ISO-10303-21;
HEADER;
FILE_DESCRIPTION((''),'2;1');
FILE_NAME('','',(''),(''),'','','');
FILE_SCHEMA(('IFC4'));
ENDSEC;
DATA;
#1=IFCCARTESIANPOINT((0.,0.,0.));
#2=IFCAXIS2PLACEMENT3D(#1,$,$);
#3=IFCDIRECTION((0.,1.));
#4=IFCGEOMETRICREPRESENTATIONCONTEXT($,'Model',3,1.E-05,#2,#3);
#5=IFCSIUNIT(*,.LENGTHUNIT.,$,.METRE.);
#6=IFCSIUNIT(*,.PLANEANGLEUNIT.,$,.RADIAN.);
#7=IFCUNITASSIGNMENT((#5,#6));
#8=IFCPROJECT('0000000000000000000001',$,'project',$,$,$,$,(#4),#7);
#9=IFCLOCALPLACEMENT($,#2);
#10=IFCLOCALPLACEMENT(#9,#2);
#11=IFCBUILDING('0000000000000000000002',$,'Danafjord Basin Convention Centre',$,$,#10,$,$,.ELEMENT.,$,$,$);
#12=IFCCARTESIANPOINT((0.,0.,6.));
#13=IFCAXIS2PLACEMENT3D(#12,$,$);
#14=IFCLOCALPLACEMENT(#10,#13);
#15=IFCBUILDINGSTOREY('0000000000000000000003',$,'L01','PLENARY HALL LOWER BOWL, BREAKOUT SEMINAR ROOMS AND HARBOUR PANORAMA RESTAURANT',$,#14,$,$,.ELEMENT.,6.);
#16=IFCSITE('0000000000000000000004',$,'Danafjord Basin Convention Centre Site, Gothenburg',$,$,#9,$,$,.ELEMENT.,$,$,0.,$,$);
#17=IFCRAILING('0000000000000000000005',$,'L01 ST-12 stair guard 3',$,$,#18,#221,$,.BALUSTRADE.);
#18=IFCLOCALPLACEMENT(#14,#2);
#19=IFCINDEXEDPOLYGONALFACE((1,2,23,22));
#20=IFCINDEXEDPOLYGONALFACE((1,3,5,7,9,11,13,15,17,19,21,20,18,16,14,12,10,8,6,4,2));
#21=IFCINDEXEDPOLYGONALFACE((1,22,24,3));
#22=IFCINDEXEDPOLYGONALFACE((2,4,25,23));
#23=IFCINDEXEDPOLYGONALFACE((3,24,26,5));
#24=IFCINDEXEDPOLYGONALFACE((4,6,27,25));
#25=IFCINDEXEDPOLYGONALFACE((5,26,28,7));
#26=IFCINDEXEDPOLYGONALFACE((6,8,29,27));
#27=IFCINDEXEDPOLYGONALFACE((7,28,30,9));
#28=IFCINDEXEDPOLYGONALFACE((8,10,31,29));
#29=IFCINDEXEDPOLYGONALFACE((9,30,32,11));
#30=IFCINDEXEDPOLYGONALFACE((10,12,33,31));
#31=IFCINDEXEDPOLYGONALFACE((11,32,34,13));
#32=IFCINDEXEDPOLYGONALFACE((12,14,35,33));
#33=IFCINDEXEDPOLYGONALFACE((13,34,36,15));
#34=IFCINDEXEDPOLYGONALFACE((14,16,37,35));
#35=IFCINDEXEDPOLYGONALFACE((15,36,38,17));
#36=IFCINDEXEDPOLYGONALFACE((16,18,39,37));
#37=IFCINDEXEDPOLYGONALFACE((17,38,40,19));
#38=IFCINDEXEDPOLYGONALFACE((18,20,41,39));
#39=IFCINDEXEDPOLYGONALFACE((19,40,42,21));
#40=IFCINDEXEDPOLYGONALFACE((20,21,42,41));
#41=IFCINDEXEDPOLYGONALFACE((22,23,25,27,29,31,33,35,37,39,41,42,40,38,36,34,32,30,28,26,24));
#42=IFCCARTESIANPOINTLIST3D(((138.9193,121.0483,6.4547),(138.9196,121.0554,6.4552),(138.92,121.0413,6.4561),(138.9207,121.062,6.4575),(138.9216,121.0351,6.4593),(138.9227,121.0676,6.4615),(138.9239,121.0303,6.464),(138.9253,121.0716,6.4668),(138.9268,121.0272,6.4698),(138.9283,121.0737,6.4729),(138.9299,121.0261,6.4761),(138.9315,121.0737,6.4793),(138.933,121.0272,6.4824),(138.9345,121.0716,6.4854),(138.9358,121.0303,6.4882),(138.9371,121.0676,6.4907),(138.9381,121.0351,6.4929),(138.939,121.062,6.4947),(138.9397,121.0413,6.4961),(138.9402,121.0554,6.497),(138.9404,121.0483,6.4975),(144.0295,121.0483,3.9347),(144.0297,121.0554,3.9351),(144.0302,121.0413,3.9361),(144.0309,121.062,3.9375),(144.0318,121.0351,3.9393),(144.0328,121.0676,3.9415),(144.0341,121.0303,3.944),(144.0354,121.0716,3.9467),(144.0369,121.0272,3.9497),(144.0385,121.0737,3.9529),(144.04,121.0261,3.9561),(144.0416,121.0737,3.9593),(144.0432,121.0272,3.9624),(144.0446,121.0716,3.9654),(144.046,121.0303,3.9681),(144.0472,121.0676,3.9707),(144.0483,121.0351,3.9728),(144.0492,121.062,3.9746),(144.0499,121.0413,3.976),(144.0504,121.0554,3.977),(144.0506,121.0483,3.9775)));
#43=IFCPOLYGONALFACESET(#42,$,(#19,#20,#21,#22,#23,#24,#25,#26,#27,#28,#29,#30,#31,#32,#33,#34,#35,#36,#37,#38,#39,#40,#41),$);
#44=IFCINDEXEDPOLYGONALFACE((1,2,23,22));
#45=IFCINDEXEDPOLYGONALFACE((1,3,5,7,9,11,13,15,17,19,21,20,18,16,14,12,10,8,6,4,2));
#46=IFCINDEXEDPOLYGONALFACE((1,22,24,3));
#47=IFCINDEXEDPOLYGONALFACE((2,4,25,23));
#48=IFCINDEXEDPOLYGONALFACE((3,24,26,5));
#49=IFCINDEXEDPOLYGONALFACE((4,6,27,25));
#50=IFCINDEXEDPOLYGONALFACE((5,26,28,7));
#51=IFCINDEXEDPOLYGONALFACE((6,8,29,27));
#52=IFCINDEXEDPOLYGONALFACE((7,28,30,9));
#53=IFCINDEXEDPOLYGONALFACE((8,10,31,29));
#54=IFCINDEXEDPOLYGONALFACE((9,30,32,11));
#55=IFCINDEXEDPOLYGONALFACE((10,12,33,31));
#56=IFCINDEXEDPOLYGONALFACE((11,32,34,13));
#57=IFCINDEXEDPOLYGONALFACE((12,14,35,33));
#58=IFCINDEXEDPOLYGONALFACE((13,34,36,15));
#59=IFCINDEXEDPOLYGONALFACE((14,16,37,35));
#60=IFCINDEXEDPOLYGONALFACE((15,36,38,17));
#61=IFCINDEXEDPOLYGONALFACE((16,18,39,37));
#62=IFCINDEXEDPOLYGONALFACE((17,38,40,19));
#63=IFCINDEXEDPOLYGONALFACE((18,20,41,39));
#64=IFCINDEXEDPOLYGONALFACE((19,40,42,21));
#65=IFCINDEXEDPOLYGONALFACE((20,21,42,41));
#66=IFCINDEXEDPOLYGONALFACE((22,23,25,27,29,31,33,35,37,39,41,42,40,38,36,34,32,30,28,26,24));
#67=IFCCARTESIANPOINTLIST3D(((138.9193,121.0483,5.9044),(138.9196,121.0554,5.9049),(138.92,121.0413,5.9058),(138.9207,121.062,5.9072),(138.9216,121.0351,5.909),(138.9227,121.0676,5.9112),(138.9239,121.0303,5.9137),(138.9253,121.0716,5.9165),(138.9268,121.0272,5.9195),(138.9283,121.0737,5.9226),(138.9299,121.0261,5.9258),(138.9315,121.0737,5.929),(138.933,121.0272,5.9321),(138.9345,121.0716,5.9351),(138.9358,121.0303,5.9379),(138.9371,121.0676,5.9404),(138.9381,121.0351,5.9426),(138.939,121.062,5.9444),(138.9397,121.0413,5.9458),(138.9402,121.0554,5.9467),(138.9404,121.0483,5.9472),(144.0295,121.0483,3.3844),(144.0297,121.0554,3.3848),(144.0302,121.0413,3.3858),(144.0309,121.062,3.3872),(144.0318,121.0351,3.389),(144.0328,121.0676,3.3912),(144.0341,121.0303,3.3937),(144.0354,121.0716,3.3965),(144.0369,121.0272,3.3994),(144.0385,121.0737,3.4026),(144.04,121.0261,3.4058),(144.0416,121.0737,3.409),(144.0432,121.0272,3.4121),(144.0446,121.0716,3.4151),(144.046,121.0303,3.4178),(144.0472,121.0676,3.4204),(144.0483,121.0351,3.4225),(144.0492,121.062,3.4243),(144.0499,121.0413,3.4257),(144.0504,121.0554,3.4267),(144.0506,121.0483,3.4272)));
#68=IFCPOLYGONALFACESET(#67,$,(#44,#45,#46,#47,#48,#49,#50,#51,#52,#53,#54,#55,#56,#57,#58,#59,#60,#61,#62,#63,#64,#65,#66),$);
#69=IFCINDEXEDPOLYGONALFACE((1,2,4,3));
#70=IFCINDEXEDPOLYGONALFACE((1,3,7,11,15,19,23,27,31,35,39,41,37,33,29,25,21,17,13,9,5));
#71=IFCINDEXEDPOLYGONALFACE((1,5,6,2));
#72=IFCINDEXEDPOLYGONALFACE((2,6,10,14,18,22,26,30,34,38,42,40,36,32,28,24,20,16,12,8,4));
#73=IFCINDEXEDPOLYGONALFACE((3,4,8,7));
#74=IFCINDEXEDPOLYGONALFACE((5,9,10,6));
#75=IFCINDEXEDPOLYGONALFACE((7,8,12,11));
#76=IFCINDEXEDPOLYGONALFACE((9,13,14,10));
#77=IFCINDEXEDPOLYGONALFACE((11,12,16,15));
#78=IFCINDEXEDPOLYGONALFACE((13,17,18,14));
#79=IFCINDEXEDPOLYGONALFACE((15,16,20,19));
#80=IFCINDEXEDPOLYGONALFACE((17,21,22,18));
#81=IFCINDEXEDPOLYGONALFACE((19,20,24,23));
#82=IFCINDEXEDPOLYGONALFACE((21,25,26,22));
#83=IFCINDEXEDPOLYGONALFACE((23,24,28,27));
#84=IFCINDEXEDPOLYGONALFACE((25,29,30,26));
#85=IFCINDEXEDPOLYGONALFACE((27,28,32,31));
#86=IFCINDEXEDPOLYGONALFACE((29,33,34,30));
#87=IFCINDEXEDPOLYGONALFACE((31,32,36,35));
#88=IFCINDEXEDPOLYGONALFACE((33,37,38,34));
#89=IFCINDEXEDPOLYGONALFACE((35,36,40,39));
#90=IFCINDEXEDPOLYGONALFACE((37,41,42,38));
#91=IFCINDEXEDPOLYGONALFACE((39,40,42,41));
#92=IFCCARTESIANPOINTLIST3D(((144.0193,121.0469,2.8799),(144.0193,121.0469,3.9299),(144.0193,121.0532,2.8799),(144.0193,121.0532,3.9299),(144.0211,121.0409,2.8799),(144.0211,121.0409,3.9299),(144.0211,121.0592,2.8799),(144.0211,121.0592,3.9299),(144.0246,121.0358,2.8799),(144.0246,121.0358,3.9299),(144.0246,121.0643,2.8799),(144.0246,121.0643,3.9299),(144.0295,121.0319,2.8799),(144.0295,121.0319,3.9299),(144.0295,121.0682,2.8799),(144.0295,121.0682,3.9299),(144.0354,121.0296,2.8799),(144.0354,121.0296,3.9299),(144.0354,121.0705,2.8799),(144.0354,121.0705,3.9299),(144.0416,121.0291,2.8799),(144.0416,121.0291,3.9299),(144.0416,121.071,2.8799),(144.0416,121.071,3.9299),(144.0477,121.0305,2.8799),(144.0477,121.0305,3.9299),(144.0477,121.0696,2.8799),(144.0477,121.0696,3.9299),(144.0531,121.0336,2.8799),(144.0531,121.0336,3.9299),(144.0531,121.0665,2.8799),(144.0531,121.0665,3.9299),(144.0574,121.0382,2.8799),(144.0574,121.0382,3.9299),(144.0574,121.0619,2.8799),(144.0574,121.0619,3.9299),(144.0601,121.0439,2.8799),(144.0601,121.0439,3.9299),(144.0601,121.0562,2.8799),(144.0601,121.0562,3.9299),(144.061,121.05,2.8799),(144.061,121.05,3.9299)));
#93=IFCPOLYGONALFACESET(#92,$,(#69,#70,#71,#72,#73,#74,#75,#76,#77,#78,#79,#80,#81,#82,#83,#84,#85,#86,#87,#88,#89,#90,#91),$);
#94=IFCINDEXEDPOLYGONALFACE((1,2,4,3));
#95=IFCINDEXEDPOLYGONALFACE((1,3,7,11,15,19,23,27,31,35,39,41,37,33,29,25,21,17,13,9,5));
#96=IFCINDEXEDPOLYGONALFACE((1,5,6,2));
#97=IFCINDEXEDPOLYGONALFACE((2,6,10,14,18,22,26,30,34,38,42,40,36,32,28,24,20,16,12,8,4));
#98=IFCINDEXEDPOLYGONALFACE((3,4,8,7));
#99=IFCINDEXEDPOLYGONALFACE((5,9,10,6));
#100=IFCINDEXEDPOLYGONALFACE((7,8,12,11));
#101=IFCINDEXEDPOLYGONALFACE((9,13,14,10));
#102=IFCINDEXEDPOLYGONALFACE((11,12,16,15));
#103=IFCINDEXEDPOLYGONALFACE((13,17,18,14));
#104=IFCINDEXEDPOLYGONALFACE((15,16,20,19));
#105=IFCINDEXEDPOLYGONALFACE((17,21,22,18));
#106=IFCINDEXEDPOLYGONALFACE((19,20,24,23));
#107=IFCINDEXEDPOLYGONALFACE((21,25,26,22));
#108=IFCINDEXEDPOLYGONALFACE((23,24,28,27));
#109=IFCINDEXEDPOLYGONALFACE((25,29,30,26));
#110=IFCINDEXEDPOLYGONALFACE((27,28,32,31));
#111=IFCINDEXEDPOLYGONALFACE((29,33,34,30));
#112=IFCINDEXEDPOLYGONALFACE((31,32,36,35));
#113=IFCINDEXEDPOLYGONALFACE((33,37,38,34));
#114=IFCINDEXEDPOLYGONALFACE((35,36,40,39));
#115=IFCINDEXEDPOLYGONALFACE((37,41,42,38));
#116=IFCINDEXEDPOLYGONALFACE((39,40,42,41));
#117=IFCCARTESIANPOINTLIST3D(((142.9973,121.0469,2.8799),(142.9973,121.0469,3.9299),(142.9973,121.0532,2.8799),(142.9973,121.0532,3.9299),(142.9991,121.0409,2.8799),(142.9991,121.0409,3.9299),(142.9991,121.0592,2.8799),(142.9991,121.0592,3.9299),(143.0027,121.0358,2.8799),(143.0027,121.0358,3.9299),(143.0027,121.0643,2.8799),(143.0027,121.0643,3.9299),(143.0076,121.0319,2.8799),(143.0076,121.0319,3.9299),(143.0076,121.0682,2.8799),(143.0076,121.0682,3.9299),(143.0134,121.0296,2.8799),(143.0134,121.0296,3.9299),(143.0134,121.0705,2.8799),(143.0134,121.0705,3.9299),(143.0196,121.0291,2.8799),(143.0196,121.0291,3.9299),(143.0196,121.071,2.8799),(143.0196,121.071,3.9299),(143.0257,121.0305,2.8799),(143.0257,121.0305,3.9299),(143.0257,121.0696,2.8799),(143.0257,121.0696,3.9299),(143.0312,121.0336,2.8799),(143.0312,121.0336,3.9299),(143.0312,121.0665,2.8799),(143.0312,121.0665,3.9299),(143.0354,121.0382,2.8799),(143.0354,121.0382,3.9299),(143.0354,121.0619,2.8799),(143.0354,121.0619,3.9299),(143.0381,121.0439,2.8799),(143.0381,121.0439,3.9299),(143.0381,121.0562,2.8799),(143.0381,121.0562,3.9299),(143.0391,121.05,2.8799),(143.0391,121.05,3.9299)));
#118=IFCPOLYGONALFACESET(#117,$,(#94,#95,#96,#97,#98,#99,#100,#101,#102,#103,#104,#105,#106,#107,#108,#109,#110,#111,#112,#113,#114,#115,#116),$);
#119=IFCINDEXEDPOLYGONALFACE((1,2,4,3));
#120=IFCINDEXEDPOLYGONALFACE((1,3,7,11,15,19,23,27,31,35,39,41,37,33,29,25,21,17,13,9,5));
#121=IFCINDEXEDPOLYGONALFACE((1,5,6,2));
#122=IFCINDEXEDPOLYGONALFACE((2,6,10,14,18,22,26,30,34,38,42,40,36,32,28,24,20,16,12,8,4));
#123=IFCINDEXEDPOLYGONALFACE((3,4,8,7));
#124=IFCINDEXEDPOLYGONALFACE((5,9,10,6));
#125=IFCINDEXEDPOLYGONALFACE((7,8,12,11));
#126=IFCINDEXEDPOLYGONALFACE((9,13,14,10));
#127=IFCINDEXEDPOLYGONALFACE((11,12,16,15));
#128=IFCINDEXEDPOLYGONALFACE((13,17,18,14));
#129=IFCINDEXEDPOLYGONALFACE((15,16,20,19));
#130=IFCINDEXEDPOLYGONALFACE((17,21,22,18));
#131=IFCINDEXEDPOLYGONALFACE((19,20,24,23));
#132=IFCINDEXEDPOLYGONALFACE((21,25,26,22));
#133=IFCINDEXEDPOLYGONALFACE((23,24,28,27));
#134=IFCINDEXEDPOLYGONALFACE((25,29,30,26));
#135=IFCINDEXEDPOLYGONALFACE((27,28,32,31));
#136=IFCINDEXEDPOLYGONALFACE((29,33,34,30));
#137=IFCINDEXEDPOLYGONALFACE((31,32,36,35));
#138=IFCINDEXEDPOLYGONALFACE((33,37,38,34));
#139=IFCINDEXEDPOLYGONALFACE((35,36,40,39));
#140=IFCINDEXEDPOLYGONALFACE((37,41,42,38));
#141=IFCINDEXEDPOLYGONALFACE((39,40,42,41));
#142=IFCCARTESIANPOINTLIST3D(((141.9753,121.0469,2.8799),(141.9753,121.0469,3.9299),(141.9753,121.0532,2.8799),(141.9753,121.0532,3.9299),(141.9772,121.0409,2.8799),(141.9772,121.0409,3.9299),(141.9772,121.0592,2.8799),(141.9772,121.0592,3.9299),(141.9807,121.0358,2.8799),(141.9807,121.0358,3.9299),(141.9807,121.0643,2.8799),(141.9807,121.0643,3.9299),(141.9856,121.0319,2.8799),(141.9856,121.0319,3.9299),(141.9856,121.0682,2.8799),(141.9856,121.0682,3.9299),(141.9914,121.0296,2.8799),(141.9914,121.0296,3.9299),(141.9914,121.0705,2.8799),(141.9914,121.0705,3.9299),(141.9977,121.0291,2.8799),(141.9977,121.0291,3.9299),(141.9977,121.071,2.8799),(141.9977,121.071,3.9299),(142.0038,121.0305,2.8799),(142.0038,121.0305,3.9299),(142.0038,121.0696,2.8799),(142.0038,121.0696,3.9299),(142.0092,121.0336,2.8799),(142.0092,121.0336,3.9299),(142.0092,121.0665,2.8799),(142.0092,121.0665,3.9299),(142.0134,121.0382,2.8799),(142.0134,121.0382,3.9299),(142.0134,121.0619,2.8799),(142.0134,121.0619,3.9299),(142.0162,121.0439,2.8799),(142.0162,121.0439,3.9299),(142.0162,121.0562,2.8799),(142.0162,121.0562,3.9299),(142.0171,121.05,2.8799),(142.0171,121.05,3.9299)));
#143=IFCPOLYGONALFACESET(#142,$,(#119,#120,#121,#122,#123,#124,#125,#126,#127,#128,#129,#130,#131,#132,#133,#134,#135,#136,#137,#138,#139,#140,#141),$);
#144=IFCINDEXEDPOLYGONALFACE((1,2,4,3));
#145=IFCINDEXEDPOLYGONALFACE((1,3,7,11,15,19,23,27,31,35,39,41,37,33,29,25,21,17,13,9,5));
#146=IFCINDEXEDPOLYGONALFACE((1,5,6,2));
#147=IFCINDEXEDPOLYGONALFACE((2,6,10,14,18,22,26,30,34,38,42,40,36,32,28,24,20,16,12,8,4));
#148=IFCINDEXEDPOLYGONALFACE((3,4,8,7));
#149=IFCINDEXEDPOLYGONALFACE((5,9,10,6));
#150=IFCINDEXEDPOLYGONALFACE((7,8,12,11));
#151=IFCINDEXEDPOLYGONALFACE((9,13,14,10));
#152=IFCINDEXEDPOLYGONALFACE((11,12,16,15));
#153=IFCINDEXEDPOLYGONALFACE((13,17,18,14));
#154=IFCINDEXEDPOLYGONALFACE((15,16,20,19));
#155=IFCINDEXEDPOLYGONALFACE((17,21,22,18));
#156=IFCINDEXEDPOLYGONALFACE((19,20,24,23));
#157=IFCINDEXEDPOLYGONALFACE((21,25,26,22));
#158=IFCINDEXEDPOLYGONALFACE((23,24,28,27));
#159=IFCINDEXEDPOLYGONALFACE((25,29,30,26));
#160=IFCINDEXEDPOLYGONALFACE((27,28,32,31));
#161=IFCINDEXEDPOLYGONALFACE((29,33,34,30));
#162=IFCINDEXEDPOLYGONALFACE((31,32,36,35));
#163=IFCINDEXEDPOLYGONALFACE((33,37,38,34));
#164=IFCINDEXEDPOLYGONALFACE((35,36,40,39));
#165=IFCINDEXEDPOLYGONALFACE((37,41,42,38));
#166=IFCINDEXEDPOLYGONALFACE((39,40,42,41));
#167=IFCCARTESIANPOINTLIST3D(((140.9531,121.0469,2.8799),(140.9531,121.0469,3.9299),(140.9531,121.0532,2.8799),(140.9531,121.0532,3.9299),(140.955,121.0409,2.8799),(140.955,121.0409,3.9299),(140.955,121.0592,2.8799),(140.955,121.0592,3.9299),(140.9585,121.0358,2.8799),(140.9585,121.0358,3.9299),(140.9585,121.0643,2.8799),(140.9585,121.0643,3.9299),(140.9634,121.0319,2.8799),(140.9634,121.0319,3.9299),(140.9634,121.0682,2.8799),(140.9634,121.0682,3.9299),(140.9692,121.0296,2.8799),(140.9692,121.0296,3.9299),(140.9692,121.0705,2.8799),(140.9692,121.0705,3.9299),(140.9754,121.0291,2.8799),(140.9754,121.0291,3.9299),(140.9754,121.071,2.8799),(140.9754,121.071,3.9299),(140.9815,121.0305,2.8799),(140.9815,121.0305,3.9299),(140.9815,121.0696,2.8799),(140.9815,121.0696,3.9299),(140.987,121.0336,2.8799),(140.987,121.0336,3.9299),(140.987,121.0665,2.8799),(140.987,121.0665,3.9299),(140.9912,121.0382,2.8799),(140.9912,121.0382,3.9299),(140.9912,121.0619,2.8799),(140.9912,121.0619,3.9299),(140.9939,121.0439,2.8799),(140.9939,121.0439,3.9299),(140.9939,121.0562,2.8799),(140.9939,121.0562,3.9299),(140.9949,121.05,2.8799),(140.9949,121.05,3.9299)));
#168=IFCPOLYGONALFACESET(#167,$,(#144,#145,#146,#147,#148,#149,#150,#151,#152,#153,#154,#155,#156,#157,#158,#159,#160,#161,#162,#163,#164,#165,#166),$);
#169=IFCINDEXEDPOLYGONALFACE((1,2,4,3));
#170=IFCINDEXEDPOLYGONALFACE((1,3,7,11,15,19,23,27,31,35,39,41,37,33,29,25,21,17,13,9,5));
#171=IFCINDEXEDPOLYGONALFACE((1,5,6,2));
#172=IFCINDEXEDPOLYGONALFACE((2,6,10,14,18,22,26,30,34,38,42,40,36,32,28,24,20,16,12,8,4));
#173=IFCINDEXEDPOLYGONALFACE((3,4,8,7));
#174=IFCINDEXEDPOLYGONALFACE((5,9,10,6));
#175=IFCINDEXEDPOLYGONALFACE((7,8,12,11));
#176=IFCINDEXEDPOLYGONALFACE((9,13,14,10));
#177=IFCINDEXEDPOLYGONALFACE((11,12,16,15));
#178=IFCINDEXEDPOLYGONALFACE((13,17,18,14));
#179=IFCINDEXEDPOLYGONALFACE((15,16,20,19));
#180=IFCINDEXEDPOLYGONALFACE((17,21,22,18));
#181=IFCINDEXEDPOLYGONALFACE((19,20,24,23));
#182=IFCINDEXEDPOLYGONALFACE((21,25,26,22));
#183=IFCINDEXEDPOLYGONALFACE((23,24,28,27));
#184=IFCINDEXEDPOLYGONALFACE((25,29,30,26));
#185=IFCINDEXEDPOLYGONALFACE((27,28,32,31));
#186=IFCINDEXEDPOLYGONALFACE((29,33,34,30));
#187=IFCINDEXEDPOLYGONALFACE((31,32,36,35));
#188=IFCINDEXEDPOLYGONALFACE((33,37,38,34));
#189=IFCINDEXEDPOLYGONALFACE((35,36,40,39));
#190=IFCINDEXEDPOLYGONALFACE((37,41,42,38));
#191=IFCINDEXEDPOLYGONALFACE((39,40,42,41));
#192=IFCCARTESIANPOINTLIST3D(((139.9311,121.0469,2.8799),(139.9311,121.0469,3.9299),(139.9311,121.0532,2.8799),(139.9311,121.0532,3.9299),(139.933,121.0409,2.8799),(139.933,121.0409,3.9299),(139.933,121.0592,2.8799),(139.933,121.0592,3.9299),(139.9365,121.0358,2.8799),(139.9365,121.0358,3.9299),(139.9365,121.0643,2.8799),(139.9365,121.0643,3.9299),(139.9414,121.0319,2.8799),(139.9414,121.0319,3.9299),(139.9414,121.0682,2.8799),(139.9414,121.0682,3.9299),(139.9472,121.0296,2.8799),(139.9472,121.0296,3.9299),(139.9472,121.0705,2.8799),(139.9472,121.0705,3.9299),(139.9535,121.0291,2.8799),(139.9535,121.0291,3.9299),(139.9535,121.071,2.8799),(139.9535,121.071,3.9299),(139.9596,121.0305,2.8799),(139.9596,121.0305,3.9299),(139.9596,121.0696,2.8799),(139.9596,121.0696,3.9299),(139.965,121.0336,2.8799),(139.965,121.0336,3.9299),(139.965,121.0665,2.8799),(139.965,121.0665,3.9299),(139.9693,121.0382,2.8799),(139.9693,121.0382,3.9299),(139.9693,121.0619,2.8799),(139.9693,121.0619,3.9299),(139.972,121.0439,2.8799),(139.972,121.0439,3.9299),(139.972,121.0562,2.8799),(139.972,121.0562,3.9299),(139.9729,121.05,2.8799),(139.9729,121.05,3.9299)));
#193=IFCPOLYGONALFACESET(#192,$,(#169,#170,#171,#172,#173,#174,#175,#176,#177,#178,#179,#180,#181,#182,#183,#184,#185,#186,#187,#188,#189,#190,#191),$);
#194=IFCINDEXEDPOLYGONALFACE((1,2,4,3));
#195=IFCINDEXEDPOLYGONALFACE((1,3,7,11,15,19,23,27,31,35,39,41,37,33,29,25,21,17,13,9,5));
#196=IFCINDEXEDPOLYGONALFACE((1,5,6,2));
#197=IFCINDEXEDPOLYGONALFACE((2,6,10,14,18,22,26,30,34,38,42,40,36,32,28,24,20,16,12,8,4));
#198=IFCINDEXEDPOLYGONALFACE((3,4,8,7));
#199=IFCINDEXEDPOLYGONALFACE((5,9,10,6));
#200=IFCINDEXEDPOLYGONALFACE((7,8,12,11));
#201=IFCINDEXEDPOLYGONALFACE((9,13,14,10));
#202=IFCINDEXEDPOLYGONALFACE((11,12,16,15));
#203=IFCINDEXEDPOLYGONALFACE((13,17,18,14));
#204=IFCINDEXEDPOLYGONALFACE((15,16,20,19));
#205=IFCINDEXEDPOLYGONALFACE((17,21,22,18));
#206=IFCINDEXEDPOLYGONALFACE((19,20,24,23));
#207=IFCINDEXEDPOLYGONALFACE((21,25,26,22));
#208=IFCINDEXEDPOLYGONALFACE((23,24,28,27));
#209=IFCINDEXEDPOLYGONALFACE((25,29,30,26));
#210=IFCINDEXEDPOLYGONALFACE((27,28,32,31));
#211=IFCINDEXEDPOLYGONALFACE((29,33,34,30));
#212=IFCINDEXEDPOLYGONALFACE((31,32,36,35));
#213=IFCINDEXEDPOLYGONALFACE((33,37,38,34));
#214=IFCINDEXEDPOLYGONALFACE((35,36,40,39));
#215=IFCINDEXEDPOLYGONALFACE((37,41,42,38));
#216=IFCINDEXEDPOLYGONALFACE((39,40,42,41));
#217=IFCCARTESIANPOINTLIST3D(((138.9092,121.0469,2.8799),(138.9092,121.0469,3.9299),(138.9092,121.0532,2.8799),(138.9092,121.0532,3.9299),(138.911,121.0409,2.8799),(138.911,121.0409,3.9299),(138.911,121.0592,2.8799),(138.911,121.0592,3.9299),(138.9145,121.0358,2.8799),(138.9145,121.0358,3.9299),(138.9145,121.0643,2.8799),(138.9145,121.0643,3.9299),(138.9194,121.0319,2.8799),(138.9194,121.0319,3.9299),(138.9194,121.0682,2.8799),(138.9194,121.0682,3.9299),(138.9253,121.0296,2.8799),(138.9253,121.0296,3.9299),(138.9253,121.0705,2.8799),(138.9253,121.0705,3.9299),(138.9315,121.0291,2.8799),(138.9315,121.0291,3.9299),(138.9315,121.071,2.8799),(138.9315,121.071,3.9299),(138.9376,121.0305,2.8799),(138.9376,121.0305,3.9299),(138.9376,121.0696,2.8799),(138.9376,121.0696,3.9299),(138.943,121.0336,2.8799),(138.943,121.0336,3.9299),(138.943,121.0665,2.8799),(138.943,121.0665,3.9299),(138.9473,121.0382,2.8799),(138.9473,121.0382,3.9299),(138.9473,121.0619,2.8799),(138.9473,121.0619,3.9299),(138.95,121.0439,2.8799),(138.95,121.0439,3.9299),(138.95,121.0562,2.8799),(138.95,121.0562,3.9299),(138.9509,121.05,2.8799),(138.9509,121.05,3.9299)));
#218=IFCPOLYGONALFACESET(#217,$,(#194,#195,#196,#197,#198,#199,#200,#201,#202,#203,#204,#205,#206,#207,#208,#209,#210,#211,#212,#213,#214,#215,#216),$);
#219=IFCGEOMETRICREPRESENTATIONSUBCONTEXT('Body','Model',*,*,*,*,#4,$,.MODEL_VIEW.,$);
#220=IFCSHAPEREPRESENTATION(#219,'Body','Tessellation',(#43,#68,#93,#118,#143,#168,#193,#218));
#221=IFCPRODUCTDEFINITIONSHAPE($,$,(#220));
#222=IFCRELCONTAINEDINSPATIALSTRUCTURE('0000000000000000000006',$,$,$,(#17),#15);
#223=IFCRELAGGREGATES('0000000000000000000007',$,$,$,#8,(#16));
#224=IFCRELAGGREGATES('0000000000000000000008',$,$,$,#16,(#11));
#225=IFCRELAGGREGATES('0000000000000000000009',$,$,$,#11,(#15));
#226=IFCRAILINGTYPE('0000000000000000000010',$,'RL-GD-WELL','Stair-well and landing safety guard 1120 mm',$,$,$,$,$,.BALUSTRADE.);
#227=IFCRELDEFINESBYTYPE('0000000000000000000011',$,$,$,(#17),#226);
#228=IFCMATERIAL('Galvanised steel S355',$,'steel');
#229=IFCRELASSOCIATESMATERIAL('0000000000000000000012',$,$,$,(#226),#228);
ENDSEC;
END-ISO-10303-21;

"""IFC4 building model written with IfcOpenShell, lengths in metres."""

from ifc_helpers import new_model, si_unit, direction, frame, origin, origin_2d, place, context, subcontext, project, spatial, circle, extrude, material, type_object, element, save


model = new_model("IFC4")

# Units and contexts
model_context = context("Model", 3, precision=1e-05, world=origin(), true_north=direction((0.0, 1.0)))
body_context = subcontext(model_context, "Body", "Model", "MODEL_VIEW")
ifc_project = project(units=[si_unit("LENGTHUNIT", "METRE"), si_unit("PLANEANGLEUNIT", "RADIAN")], contexts=[model_context])

# Site, building, storey
site_placement = place(None, origin())
site = spatial("IfcSite", under=ifc_project, at=site_placement, Name="Danafjord Basin Convention Centre Site, Gothenburg", CompositionType="ELEMENT", RefElevation=0.0)
building_placement = place(site_placement, origin())
building = spatial("IfcBuilding", under=site, at=building_placement, Name="Danafjord Basin Convention Centre", CompositionType="ELEMENT")
storey_placement = place(building_placement, frame((0.0, 0.0, 6.0)))
storey = spatial("IfcBuildingStorey", under=building, at=storey_placement, Name="L01", Description="PLENARY HALL LOWER BOWL, BREAKOUT SEMINAR ROOMS AND HARBOUR PANORAMA RESTAURANT", CompositionType="ELEMENT", Elevation=6.0)

# Railing
ifc_material_1 = material(Name="Galvanised steel S355", Category="steel")
railing_type_1 = type_object("IfcRailingType", Name="RL-GD-WELL", Description="Stair-well and landing safety guard 1120 mm", PredefinedType="BALUSTRADE", material=ifc_material_1)
railing_1_placement = place(storey_placement, frame((144.04, 121.05, 2.8799)))
element("IfcRailing", 1, at=railing_1_placement, inside=storey, type_object=railing_type_1, Name="L01 ST-12 stair guard 3", PredefinedType="BALUSTRADE", context=body_context, shape_type="SweptSolid", body=[
    extrude(circle(Radius=0.0239, at=origin_2d()), frame((0.0, 0.0, 1.0762), z_axis=(-0.896873, 0.0, 0.442288), x_axis=(0.0, -1.0, 0.0)), (0.0, 0.0, 1.0), 5.6978),
    extrude(circle(Radius=0.0239, at=origin_2d()), frame((0.0, 0.0, 0.5259), z_axis=(-0.896873, 0.0, 0.442288), x_axis=(0.0, -1.0, 0.0)), (0.0, 0.0, 1.0), 5.6978),
    extrude(circle(Radius=0.021, at=origin_2d()), origin(), (0.0, 0.0, 1.0), 1.05),
    extrude(circle(Radius=0.021, at=origin_2d()), frame((-1.022, 0.0, 0.0)), (0.0, 0.0, 1.0), 1.05),
    extrude(circle(Radius=0.021, at=origin_2d()), frame((-2.0439, 0.0, 0.0)), (0.0, 0.0, 1.0), 1.05),
    extrude(circle(Radius=0.021, at=origin_2d()), frame((-3.0662, 0.0, 0.0)), (0.0, 0.0, 1.0), 1.05),
    extrude(circle(Radius=0.021, at=origin_2d()), frame((-4.0881, 0.0, 0.0)), (0.0, 0.0, 1.0), 1.05),
    extrude(circle(Radius=0.021, at=origin_2d()), frame((-5.1101, 0.0, 0.0)), (0.0, 0.0, 1.0), 1.05),
])

save(model, "model.ifc")
